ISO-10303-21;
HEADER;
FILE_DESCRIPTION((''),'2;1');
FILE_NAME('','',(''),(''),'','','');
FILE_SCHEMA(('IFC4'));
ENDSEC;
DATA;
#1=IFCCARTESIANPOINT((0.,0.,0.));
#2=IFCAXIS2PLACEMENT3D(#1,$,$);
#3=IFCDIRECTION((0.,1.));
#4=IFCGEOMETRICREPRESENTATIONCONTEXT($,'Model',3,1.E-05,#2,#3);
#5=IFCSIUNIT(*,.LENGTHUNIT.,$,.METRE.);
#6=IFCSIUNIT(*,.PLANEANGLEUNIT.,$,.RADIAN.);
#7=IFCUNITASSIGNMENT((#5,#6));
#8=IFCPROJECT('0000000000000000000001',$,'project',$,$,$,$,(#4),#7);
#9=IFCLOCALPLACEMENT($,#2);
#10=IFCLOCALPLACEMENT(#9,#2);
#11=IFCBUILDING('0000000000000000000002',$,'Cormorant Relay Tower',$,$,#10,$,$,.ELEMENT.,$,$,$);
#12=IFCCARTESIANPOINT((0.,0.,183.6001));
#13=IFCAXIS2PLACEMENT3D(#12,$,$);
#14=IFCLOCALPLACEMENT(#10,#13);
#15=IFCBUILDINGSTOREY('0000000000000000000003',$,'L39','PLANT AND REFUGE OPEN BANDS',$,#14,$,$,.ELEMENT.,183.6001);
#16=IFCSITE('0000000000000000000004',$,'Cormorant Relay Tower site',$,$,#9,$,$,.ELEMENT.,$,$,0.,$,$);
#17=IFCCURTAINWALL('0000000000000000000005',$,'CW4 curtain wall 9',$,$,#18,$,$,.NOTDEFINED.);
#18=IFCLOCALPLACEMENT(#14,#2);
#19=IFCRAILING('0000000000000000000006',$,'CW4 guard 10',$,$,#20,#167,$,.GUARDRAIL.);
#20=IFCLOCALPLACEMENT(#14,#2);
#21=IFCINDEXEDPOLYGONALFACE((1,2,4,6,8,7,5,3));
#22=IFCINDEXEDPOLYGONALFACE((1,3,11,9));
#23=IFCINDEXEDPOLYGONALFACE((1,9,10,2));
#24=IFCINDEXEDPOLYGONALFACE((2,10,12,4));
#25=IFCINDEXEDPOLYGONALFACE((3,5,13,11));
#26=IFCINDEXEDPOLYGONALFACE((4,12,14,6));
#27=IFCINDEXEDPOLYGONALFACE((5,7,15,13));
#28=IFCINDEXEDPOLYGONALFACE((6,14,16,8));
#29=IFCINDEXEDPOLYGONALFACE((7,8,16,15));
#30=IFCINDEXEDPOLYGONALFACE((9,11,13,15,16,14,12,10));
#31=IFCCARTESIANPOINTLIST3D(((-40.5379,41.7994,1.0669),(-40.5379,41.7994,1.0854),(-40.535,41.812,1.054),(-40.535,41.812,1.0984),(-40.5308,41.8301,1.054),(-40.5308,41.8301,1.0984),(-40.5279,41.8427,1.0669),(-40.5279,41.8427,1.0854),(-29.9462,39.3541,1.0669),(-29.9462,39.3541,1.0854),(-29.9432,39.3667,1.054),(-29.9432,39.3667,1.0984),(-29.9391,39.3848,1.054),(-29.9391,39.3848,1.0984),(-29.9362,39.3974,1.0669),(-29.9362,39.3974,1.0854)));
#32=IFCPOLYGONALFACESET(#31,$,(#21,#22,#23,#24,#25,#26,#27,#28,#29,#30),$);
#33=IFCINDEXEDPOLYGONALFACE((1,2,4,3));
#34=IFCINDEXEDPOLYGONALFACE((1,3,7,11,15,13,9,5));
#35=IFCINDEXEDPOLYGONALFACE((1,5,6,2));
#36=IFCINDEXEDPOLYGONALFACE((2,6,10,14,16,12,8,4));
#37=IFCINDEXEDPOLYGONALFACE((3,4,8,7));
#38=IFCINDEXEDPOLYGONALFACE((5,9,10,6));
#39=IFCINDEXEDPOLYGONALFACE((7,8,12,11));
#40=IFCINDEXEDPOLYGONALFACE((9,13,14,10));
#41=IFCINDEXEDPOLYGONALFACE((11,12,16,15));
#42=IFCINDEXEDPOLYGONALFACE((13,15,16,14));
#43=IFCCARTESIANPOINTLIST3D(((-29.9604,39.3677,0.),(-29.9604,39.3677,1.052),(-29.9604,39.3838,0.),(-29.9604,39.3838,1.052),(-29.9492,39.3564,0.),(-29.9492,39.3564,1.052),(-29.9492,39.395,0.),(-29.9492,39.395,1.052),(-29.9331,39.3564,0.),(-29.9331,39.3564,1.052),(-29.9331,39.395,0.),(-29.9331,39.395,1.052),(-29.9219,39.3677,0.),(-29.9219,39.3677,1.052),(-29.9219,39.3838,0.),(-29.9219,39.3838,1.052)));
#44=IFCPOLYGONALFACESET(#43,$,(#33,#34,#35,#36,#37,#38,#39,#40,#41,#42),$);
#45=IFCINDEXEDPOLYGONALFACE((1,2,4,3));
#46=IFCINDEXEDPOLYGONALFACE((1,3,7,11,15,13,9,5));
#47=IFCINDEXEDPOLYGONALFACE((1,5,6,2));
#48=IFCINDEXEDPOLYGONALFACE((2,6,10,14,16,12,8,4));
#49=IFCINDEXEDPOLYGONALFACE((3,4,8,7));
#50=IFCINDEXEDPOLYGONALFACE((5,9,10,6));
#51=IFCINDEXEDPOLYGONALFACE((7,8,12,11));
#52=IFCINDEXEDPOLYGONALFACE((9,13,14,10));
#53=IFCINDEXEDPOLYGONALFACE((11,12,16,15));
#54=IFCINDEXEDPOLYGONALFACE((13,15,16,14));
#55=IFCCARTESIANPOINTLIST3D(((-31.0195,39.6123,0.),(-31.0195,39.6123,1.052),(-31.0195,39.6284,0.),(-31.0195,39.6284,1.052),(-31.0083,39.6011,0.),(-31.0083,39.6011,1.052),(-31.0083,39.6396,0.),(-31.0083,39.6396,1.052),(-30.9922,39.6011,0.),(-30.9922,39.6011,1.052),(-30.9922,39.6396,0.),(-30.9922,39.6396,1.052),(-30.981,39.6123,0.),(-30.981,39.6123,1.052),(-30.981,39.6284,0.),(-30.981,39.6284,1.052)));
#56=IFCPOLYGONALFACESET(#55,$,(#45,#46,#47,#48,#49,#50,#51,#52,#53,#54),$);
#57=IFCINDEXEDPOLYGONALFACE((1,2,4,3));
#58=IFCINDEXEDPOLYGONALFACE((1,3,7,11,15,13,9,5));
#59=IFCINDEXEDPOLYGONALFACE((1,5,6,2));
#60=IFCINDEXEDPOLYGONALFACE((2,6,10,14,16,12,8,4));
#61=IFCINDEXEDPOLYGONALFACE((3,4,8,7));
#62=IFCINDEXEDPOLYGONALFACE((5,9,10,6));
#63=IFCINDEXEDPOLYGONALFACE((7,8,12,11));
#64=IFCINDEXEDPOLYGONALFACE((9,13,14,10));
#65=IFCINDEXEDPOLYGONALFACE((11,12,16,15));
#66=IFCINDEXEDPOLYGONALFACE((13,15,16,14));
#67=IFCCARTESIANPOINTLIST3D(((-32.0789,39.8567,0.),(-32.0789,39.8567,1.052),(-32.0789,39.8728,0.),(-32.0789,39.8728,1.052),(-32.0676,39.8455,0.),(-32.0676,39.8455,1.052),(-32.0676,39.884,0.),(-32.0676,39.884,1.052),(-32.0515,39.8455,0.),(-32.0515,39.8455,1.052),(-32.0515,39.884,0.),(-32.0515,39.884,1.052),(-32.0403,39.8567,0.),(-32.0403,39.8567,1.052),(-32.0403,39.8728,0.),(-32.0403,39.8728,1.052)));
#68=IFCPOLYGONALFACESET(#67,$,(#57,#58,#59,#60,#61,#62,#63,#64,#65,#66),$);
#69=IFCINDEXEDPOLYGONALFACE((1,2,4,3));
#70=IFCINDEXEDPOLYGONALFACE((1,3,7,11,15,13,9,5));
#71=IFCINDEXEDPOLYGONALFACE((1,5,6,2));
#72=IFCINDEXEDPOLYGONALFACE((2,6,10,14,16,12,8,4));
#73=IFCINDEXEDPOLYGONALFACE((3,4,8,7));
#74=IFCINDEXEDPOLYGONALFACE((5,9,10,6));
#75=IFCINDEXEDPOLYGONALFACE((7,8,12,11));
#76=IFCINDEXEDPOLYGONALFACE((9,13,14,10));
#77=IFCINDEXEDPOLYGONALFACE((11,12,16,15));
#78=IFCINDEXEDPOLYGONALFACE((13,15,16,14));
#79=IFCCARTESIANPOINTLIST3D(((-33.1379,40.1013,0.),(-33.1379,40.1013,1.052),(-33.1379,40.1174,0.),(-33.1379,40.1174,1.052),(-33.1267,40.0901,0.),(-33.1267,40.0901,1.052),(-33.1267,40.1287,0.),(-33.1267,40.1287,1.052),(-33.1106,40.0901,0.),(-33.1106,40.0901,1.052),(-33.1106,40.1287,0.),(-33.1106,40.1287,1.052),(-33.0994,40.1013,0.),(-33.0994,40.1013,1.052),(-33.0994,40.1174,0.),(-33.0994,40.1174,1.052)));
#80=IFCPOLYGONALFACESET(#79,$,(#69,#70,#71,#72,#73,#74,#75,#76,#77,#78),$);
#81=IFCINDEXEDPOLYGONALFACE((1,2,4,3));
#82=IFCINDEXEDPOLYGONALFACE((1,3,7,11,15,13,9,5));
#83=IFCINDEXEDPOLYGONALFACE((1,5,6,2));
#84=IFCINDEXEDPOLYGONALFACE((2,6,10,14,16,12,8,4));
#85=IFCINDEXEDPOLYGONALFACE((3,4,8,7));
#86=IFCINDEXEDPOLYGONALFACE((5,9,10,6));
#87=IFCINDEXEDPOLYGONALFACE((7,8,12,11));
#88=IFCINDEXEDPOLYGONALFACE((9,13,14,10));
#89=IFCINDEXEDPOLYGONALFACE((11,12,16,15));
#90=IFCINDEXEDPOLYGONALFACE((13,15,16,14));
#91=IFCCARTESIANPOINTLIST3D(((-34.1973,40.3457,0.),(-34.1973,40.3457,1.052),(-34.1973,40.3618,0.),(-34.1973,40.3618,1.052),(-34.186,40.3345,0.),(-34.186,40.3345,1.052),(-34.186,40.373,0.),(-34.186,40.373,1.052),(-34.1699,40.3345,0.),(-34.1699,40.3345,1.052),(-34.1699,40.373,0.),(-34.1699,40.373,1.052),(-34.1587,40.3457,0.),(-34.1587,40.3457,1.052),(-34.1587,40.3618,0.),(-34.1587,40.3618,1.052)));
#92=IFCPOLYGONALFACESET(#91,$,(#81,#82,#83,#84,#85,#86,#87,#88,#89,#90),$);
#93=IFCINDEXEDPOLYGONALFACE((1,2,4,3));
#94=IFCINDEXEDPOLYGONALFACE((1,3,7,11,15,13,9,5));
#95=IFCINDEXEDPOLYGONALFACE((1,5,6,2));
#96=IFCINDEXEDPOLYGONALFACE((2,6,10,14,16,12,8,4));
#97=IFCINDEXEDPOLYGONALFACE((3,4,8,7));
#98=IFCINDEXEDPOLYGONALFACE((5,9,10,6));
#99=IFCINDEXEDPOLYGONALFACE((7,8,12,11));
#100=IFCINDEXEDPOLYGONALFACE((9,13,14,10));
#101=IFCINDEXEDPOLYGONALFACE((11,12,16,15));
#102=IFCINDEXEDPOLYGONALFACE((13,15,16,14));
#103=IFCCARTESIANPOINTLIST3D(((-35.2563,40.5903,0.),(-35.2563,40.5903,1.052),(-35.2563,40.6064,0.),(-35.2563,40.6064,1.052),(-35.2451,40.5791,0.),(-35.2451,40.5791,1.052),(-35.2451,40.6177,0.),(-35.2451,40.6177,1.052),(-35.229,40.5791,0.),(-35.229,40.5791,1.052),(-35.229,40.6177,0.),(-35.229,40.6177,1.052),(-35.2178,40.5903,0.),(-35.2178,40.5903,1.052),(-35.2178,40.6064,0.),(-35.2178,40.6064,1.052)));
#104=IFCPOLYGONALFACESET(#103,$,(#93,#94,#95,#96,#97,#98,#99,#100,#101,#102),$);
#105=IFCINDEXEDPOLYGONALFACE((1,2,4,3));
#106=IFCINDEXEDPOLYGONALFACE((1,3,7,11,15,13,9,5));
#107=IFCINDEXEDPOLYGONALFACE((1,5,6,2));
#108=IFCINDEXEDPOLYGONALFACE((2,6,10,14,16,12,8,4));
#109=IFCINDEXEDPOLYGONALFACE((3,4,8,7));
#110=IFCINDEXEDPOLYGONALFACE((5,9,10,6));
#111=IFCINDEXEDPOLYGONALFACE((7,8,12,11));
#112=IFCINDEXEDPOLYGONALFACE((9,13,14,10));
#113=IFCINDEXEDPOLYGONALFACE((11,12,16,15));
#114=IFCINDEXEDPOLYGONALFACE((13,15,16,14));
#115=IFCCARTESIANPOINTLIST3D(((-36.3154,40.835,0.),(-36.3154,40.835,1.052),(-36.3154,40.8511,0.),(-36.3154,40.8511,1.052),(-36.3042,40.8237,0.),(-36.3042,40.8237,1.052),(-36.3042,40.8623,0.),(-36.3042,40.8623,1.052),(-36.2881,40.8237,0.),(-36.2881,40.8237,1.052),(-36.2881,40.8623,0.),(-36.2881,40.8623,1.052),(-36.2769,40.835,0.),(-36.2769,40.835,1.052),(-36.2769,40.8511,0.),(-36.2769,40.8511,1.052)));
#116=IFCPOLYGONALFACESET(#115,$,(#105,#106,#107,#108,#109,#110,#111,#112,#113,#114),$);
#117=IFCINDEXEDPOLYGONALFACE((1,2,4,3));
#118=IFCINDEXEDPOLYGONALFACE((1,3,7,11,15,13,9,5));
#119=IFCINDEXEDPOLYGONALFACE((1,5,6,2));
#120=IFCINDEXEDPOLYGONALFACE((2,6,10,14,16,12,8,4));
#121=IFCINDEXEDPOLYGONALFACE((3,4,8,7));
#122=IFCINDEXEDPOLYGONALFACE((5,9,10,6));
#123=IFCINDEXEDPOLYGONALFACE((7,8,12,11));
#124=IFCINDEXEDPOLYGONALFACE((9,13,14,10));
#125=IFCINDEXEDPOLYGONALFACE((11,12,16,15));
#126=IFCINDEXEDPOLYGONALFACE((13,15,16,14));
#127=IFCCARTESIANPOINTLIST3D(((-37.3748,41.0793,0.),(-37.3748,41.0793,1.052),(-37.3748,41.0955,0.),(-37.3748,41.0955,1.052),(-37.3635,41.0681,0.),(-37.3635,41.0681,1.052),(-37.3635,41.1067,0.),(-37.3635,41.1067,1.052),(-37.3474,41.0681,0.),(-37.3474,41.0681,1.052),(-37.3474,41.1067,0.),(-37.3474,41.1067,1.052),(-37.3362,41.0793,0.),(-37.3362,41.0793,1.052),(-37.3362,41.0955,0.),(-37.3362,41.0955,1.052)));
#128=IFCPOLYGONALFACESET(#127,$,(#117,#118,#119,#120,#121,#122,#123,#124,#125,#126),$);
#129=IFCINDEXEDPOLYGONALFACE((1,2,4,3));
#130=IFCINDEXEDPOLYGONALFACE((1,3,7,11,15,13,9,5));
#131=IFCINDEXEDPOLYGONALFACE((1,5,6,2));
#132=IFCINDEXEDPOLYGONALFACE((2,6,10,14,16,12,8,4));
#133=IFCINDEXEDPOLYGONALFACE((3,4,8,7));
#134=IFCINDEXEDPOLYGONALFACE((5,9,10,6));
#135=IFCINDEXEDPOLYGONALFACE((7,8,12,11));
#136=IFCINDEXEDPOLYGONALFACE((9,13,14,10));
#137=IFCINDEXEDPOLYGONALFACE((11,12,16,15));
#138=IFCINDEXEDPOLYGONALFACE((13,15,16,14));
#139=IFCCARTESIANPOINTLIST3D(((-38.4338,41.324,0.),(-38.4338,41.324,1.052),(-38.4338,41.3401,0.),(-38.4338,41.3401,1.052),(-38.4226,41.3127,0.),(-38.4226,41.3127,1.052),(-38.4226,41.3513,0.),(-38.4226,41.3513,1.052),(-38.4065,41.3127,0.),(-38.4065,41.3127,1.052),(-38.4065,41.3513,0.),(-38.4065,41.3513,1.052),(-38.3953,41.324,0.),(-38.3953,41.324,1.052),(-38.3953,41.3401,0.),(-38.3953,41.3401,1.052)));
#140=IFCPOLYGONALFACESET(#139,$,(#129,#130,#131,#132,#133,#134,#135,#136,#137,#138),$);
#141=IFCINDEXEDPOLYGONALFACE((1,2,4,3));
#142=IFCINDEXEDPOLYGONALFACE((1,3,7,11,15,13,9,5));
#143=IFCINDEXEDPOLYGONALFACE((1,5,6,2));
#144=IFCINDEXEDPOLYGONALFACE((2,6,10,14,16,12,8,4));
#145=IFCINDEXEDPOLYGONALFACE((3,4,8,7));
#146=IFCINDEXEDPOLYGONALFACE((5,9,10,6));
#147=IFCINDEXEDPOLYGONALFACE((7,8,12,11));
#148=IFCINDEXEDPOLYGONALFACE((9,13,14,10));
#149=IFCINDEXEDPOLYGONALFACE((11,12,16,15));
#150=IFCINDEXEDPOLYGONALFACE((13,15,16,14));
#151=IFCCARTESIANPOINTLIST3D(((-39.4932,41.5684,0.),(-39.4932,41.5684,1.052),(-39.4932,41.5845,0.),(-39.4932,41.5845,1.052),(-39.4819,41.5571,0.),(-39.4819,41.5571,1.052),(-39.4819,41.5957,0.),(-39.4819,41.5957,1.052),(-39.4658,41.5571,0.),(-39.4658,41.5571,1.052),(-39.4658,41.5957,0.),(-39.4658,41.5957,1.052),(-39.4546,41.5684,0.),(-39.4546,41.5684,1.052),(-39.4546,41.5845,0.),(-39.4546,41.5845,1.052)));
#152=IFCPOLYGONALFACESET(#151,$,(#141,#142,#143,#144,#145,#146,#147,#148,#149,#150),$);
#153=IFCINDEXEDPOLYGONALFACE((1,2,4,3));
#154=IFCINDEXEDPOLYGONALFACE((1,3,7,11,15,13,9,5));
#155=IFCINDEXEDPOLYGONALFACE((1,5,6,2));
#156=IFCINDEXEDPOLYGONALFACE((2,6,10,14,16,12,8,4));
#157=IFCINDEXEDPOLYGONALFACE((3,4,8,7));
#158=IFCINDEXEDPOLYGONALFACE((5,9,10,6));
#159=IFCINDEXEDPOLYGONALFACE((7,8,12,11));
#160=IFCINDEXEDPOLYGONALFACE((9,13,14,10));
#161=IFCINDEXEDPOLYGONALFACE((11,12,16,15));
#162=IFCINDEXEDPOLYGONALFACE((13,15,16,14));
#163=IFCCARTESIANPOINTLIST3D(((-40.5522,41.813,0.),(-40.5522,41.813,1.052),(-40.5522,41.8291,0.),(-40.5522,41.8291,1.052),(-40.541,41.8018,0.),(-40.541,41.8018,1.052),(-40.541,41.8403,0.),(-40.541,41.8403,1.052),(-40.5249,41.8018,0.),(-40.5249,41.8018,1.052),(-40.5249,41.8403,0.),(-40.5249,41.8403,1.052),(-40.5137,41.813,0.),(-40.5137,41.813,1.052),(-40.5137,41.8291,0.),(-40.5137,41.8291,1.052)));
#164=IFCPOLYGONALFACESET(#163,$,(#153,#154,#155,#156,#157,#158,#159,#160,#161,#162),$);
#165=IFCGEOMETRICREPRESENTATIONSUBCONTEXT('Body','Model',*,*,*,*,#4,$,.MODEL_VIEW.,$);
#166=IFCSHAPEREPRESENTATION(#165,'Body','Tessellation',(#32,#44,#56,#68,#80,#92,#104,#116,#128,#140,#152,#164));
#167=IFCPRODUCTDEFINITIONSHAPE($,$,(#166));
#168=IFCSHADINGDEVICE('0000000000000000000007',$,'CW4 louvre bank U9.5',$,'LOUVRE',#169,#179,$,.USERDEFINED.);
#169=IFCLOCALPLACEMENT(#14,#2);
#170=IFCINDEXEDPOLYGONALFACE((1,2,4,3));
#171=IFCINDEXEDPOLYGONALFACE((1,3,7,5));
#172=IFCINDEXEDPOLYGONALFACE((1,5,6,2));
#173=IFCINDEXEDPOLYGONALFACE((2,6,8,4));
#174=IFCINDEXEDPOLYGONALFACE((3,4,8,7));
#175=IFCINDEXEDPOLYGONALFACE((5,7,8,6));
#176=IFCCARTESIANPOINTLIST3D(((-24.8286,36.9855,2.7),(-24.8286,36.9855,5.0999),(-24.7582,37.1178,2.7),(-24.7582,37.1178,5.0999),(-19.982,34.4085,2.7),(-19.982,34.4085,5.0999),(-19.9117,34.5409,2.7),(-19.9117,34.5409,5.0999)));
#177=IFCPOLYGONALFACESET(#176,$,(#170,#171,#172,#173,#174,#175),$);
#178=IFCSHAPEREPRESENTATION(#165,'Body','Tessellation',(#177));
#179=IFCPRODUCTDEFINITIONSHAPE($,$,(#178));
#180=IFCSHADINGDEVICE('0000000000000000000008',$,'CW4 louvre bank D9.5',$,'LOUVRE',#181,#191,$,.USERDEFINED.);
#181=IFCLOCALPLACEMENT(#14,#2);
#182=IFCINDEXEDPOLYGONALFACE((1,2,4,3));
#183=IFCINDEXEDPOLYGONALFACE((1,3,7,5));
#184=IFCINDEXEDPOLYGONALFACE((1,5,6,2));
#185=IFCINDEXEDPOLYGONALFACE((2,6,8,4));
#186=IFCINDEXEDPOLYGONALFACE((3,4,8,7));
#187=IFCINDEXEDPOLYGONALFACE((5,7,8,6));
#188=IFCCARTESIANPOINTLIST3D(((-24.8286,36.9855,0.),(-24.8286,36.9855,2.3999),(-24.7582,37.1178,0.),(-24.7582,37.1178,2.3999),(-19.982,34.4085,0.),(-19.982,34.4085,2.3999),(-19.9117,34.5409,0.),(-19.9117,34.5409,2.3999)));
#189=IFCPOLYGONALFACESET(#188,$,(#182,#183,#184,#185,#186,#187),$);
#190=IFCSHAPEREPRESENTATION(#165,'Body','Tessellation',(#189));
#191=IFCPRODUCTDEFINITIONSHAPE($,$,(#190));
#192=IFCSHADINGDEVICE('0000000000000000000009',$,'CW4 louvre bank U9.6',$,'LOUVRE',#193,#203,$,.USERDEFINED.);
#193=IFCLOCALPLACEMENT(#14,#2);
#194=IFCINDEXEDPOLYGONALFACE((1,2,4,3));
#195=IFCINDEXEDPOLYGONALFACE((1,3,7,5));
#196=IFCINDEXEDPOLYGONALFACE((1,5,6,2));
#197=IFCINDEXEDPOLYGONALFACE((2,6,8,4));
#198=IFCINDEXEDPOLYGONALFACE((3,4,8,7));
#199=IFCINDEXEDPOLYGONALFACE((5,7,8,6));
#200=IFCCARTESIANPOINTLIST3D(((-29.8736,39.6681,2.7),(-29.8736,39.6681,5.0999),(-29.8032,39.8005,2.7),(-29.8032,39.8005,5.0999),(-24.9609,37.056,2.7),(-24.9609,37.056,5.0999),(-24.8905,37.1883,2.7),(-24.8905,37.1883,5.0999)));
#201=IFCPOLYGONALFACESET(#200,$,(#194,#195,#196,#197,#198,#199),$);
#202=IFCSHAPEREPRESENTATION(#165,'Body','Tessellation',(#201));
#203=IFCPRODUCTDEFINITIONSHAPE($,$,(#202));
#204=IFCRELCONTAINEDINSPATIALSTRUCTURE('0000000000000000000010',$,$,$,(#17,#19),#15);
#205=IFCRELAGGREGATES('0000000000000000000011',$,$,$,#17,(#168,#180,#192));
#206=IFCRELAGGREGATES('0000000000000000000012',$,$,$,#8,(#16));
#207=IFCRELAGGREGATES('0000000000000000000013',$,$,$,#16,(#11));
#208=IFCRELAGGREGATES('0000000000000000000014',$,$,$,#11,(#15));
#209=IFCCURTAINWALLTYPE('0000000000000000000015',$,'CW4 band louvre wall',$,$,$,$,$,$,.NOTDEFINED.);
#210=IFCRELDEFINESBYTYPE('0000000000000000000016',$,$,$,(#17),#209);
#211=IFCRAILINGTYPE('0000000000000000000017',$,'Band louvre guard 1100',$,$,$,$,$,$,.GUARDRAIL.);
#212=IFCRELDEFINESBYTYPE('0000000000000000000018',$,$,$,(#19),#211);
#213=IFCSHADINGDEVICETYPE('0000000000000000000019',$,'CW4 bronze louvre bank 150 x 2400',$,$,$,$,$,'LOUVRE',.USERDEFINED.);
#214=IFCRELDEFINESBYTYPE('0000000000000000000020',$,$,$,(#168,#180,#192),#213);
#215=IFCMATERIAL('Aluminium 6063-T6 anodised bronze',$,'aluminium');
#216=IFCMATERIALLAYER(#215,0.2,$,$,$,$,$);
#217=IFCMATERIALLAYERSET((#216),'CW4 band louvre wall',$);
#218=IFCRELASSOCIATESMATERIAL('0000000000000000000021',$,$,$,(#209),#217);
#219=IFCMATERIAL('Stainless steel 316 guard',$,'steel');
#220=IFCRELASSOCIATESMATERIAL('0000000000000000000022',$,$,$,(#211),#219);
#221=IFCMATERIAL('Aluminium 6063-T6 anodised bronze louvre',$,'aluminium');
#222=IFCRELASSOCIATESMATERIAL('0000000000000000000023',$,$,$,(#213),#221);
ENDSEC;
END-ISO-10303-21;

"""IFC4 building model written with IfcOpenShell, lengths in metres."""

from ifc_helpers import new_model, si_unit, direction, frame, origin, origin_2d, place, context, subcontext, project, spatial, polyline, rectangle, outline, extrude, material, layer, layer_set, type_object, element, aggregate, save


model = new_model("IFC4")

# Units and contexts
model_context = context("Model", 3, precision=1e-05, world=origin(), true_north=direction((0.0, 1.0)))
body_context = subcontext(model_context, "Body", "Model", "MODEL_VIEW")
ifc_project = project(units=[si_unit("LENGTHUNIT", "METRE"), si_unit("PLANEANGLEUNIT", "RADIAN")], contexts=[model_context])

# Site, building, storey
site_placement = place(None, origin())
site = spatial("IfcSite", under=ifc_project, at=site_placement, Name="Cormorant Relay Tower site", CompositionType="ELEMENT", RefElevation=0.0)
building_placement = place(site_placement, origin())
building = spatial("IfcBuilding", under=site, at=building_placement, Name="Cormorant Relay Tower", CompositionType="ELEMENT")
storey_placement = place(building_placement, frame((0.0, 0.0, 183.6001)))
storey = spatial("IfcBuildingStorey", under=building, at=storey_placement, Name="L39", Description="PLANT AND REFUGE OPEN BANDS", CompositionType="ELEMENT", Elevation=183.6001)

# Curtain wall
ifc_material_1 = material(Name="Aluminium 6063-T6 anodised bronze", Category="aluminium")
ifc_layer_1 = layer(ifc_material_1, 0.2)
ifc_layer_set_1 = layer_set([ifc_layer_1], Name="CW4 band louvre wall")
curtain_wall_type = type_object("IfcCurtainWallType", Name="CW4 band louvre wall", PredefinedType="NOTDEFINED", material=ifc_layer_set_1)
curtain_wall_1_placement = place(storey_placement, origin())
curtain_wall_1 = element("IfcCurtainWall", 1, at=curtain_wall_1_placement, inside=storey, type_object=curtain_wall_type, Name="CW4 curtain wall 9", PredefinedType="NOTDEFINED")

# Railing
ifc_material_2 = material(Name="Stainless steel 316 guard", Category="steel")
railing_type = type_object("IfcRailingType", Name="Band louvre guard 1100", PredefinedType="GUARDRAIL", material=ifc_material_2)
railing_placement = place(storey_placement, frame((-29.9412, 39.3757, 0.0)))
element("IfcRailing", 2, at=railing_placement, inside=storey, type_object=railing_type, Name="CW4 guard 10", PredefinedType="GUARDRAIL", context=body_context, shape_type="SweptSolid", body=[
    extrude(outline(polyline([(0.0222, 0.0093), (0.0093, 0.0222), (-0.0093, 0.0222), (-0.0222, 0.0093), (-0.0222, -0.0093), (-0.0093, -0.0222), (0.0093, -0.0222), (0.0222, -0.0093), (0.0222, 0.0093)])), frame((0.0, 0.0, 1.0762), z_axis=(-0.97437, 0.224951, 0.0), x_axis=(-0.224951, -0.97437, 0.0)), (0.0, 0.0, 1.0), 10.8704),
    extrude(outline(polyline([(0.0193, 0.0081), (0.0081, 0.0193), (-0.0081, 0.0193), (-0.0193, 0.0081), (-0.0193, -0.0081), (-0.0081, -0.0193), (0.0081, -0.0193), (0.0193, -0.0081), (0.0193, 0.0081)])), origin(), (0.0, 0.0, 1.0), 1.052),
    extrude(outline(polyline([(0.0193, 0.0081), (0.0081, 0.0193), (-0.0081, 0.0193), (-0.0193, 0.0081), (-0.0193, -0.0081), (-0.0081, -0.0193), (0.0081, -0.0193), (0.0193, -0.0081), (0.0193, 0.0081)])), frame((-1.0591, 0.2446, 0.0)), (0.0, 0.0, 1.0), 1.052),
    extrude(outline(polyline([(0.0193, 0.0081), (0.0081, 0.0193), (-0.0081, 0.0193), (-0.0193, 0.0081), (-0.0193, -0.0081), (-0.0081, -0.0193), (0.0081, -0.0193), (0.0193, -0.0081), (0.0193, 0.0081)])), frame((-2.1184, 0.489, 0.0)), (0.0, 0.0, 1.0), 1.052),
    extrude(outline(polyline([(0.0193, 0.0081), (0.0081, 0.0193), (-0.0081, 0.0193), (-0.0193, 0.0081), (-0.0193, -0.0081), (-0.0081, -0.0193), (0.0081, -0.0193), (0.0193, -0.0081), (0.0193, 0.0081)])), frame((-3.1775, 0.7336, 0.0)), (0.0, 0.0, 1.0), 1.052),
    extrude(outline(polyline([(0.0193, 0.0081), (0.0081, 0.0193), (-0.0081, 0.0193), (-0.0193, 0.0081), (-0.0193, -0.0081), (-0.0081, -0.0193), (0.0081, -0.0193), (0.0193, -0.0081), (0.0193, 0.0081)])), frame((-4.2368, 0.978, 0.0)), (0.0, 0.0, 1.0), 1.052),
    extrude(outline(polyline([(0.0193, 0.0081), (0.0081, 0.0193), (-0.0081, 0.0193), (-0.0193, 0.0081), (-0.0193, -0.0081), (-0.0081, -0.0193), (0.0081, -0.0193), (0.0193, -0.0081), (0.0193, 0.0081)])), frame((-5.2959, 1.2227, 0.0)), (0.0, 0.0, 1.0), 1.052),
    extrude(outline(polyline([(0.0193, 0.0081), (0.0081, 0.0193), (-0.0081, 0.0193), (-0.0193, 0.0081), (-0.0193, -0.0081), (-0.0081, -0.0193), (0.0081, -0.0193), (0.0193, -0.0081), (0.0193, 0.0081)])), frame((-6.355, 1.4673, 0.0)), (0.0, 0.0, 1.0), 1.052),
    extrude(outline(polyline([(0.0193, 0.0081), (0.0081, 0.0193), (-0.0081, 0.0193), (-0.0193, 0.0081), (-0.0193, -0.0081), (-0.0081, -0.0193), (0.0081, -0.0193), (0.0193, -0.0081), (0.0193, 0.0081)])), frame((-7.4143, 1.7117, 0.0)), (0.0, 0.0, 1.0), 1.052),
    extrude(outline(polyline([(0.0193, 0.0081), (0.0081, 0.0193), (-0.0081, 0.0193), (-0.0193, 0.0081), (-0.0193, -0.0081), (-0.0081, -0.0193), (0.0081, -0.0193), (0.0193, -0.0081), (0.0193, 0.0081)])), frame((-8.4734, 1.9563, 0.0)), (0.0, 0.0, 1.0), 1.052),
    extrude(outline(polyline([(0.0193, 0.0081), (0.0081, 0.0193), (-0.0081, 0.0193), (-0.0193, 0.0081), (-0.0193, -0.0081), (-0.0081, -0.0193), (0.0081, -0.0193), (0.0193, -0.0081), (0.0193, 0.0081)])), frame((-9.5327, 2.2007, 0.0)), (0.0, 0.0, 1.0), 1.052),
    extrude(outline(polyline([(0.0193, 0.0081), (0.0081, 0.0193), (-0.0081, 0.0193), (-0.0193, 0.0081), (-0.0193, -0.0081), (-0.0081, -0.0193), (0.0081, -0.0193), (0.0193, -0.0081), (0.0193, 0.0081)])), frame((-10.5918, 2.4453, 0.0)), (0.0, 0.0, 1.0), 1.052),
])

# Shading devices
ifc_material_3 = material(Name="Aluminium 6063-T6 anodised bronze louvre", Category="aluminium")
shading_device_type = type_object("IfcShadingDeviceType", Name="CW4 bronze louvre bank 150 x 2400", ElementType="LOUVRE", PredefinedType="USERDEFINED", material=ifc_material_3)
shading_device_1_placement = place(storey_placement, frame((-22.3701, 35.7632, 2.7), z_axis=(0.0, 0.0, 1.0), x_axis=(-0.882948, 0.469472, 0.0)))
shading_device_1 = element("IfcShadingDevice", 3, at=shading_device_1_placement, type_object=shading_device_type, Name="CW4 louvre bank U9.5", ObjectType="LOUVRE", PredefinedType="USERDEFINED", context=body_context, shape_type="SweptSolid", body=[
    extrude(rectangle(XDim=5.489, YDim=0.1499, at=origin_2d()), origin(), (0.0, 0.0, 1.0), 2.3999),
])
shading_device_2_placement = place(storey_placement, frame((-22.3701, 35.7632, 0.0), z_axis=(0.0, 0.0, 1.0), x_axis=(-0.882948, 0.469472, 0.0)))
shading_device_2 = element("IfcShadingDevice", 4, at=shading_device_2_placement, type_object=shading_device_type, Name="CW4 louvre bank D9.5", ObjectType="LOUVRE", PredefinedType="USERDEFINED", context=body_context, shape_type="SweptSolid", body=[
    extrude(rectangle(XDim=5.489, YDim=0.1499, at=origin_2d()), origin(), (0.0, 0.0, 1.0), 2.3999),
])
shading_device_3_placement = place(storey_placement, frame((-27.3821, 38.4282, 2.7), z_axis=(0.0, 0.0, 1.0), x_axis=(-0.882948, 0.469472, 0.0)))
shading_device_3 = element("IfcShadingDevice", 5, at=shading_device_3_placement, type_object=shading_device_type, Name="CW4 louvre bank U9.6", ObjectType="LOUVRE", PredefinedType="USERDEFINED", context=body_context, shape_type="SweptSolid", body=[
    extrude(rectangle(XDim=5.564, YDim=0.1499, at=origin_2d()), origin(), (0.0, 0.0, 1.0), 2.3999),
])
aggregate(curtain_wall_1, [shading_device_1, shading_device_2, shading_device_3])

save(model, "model.ifc")
